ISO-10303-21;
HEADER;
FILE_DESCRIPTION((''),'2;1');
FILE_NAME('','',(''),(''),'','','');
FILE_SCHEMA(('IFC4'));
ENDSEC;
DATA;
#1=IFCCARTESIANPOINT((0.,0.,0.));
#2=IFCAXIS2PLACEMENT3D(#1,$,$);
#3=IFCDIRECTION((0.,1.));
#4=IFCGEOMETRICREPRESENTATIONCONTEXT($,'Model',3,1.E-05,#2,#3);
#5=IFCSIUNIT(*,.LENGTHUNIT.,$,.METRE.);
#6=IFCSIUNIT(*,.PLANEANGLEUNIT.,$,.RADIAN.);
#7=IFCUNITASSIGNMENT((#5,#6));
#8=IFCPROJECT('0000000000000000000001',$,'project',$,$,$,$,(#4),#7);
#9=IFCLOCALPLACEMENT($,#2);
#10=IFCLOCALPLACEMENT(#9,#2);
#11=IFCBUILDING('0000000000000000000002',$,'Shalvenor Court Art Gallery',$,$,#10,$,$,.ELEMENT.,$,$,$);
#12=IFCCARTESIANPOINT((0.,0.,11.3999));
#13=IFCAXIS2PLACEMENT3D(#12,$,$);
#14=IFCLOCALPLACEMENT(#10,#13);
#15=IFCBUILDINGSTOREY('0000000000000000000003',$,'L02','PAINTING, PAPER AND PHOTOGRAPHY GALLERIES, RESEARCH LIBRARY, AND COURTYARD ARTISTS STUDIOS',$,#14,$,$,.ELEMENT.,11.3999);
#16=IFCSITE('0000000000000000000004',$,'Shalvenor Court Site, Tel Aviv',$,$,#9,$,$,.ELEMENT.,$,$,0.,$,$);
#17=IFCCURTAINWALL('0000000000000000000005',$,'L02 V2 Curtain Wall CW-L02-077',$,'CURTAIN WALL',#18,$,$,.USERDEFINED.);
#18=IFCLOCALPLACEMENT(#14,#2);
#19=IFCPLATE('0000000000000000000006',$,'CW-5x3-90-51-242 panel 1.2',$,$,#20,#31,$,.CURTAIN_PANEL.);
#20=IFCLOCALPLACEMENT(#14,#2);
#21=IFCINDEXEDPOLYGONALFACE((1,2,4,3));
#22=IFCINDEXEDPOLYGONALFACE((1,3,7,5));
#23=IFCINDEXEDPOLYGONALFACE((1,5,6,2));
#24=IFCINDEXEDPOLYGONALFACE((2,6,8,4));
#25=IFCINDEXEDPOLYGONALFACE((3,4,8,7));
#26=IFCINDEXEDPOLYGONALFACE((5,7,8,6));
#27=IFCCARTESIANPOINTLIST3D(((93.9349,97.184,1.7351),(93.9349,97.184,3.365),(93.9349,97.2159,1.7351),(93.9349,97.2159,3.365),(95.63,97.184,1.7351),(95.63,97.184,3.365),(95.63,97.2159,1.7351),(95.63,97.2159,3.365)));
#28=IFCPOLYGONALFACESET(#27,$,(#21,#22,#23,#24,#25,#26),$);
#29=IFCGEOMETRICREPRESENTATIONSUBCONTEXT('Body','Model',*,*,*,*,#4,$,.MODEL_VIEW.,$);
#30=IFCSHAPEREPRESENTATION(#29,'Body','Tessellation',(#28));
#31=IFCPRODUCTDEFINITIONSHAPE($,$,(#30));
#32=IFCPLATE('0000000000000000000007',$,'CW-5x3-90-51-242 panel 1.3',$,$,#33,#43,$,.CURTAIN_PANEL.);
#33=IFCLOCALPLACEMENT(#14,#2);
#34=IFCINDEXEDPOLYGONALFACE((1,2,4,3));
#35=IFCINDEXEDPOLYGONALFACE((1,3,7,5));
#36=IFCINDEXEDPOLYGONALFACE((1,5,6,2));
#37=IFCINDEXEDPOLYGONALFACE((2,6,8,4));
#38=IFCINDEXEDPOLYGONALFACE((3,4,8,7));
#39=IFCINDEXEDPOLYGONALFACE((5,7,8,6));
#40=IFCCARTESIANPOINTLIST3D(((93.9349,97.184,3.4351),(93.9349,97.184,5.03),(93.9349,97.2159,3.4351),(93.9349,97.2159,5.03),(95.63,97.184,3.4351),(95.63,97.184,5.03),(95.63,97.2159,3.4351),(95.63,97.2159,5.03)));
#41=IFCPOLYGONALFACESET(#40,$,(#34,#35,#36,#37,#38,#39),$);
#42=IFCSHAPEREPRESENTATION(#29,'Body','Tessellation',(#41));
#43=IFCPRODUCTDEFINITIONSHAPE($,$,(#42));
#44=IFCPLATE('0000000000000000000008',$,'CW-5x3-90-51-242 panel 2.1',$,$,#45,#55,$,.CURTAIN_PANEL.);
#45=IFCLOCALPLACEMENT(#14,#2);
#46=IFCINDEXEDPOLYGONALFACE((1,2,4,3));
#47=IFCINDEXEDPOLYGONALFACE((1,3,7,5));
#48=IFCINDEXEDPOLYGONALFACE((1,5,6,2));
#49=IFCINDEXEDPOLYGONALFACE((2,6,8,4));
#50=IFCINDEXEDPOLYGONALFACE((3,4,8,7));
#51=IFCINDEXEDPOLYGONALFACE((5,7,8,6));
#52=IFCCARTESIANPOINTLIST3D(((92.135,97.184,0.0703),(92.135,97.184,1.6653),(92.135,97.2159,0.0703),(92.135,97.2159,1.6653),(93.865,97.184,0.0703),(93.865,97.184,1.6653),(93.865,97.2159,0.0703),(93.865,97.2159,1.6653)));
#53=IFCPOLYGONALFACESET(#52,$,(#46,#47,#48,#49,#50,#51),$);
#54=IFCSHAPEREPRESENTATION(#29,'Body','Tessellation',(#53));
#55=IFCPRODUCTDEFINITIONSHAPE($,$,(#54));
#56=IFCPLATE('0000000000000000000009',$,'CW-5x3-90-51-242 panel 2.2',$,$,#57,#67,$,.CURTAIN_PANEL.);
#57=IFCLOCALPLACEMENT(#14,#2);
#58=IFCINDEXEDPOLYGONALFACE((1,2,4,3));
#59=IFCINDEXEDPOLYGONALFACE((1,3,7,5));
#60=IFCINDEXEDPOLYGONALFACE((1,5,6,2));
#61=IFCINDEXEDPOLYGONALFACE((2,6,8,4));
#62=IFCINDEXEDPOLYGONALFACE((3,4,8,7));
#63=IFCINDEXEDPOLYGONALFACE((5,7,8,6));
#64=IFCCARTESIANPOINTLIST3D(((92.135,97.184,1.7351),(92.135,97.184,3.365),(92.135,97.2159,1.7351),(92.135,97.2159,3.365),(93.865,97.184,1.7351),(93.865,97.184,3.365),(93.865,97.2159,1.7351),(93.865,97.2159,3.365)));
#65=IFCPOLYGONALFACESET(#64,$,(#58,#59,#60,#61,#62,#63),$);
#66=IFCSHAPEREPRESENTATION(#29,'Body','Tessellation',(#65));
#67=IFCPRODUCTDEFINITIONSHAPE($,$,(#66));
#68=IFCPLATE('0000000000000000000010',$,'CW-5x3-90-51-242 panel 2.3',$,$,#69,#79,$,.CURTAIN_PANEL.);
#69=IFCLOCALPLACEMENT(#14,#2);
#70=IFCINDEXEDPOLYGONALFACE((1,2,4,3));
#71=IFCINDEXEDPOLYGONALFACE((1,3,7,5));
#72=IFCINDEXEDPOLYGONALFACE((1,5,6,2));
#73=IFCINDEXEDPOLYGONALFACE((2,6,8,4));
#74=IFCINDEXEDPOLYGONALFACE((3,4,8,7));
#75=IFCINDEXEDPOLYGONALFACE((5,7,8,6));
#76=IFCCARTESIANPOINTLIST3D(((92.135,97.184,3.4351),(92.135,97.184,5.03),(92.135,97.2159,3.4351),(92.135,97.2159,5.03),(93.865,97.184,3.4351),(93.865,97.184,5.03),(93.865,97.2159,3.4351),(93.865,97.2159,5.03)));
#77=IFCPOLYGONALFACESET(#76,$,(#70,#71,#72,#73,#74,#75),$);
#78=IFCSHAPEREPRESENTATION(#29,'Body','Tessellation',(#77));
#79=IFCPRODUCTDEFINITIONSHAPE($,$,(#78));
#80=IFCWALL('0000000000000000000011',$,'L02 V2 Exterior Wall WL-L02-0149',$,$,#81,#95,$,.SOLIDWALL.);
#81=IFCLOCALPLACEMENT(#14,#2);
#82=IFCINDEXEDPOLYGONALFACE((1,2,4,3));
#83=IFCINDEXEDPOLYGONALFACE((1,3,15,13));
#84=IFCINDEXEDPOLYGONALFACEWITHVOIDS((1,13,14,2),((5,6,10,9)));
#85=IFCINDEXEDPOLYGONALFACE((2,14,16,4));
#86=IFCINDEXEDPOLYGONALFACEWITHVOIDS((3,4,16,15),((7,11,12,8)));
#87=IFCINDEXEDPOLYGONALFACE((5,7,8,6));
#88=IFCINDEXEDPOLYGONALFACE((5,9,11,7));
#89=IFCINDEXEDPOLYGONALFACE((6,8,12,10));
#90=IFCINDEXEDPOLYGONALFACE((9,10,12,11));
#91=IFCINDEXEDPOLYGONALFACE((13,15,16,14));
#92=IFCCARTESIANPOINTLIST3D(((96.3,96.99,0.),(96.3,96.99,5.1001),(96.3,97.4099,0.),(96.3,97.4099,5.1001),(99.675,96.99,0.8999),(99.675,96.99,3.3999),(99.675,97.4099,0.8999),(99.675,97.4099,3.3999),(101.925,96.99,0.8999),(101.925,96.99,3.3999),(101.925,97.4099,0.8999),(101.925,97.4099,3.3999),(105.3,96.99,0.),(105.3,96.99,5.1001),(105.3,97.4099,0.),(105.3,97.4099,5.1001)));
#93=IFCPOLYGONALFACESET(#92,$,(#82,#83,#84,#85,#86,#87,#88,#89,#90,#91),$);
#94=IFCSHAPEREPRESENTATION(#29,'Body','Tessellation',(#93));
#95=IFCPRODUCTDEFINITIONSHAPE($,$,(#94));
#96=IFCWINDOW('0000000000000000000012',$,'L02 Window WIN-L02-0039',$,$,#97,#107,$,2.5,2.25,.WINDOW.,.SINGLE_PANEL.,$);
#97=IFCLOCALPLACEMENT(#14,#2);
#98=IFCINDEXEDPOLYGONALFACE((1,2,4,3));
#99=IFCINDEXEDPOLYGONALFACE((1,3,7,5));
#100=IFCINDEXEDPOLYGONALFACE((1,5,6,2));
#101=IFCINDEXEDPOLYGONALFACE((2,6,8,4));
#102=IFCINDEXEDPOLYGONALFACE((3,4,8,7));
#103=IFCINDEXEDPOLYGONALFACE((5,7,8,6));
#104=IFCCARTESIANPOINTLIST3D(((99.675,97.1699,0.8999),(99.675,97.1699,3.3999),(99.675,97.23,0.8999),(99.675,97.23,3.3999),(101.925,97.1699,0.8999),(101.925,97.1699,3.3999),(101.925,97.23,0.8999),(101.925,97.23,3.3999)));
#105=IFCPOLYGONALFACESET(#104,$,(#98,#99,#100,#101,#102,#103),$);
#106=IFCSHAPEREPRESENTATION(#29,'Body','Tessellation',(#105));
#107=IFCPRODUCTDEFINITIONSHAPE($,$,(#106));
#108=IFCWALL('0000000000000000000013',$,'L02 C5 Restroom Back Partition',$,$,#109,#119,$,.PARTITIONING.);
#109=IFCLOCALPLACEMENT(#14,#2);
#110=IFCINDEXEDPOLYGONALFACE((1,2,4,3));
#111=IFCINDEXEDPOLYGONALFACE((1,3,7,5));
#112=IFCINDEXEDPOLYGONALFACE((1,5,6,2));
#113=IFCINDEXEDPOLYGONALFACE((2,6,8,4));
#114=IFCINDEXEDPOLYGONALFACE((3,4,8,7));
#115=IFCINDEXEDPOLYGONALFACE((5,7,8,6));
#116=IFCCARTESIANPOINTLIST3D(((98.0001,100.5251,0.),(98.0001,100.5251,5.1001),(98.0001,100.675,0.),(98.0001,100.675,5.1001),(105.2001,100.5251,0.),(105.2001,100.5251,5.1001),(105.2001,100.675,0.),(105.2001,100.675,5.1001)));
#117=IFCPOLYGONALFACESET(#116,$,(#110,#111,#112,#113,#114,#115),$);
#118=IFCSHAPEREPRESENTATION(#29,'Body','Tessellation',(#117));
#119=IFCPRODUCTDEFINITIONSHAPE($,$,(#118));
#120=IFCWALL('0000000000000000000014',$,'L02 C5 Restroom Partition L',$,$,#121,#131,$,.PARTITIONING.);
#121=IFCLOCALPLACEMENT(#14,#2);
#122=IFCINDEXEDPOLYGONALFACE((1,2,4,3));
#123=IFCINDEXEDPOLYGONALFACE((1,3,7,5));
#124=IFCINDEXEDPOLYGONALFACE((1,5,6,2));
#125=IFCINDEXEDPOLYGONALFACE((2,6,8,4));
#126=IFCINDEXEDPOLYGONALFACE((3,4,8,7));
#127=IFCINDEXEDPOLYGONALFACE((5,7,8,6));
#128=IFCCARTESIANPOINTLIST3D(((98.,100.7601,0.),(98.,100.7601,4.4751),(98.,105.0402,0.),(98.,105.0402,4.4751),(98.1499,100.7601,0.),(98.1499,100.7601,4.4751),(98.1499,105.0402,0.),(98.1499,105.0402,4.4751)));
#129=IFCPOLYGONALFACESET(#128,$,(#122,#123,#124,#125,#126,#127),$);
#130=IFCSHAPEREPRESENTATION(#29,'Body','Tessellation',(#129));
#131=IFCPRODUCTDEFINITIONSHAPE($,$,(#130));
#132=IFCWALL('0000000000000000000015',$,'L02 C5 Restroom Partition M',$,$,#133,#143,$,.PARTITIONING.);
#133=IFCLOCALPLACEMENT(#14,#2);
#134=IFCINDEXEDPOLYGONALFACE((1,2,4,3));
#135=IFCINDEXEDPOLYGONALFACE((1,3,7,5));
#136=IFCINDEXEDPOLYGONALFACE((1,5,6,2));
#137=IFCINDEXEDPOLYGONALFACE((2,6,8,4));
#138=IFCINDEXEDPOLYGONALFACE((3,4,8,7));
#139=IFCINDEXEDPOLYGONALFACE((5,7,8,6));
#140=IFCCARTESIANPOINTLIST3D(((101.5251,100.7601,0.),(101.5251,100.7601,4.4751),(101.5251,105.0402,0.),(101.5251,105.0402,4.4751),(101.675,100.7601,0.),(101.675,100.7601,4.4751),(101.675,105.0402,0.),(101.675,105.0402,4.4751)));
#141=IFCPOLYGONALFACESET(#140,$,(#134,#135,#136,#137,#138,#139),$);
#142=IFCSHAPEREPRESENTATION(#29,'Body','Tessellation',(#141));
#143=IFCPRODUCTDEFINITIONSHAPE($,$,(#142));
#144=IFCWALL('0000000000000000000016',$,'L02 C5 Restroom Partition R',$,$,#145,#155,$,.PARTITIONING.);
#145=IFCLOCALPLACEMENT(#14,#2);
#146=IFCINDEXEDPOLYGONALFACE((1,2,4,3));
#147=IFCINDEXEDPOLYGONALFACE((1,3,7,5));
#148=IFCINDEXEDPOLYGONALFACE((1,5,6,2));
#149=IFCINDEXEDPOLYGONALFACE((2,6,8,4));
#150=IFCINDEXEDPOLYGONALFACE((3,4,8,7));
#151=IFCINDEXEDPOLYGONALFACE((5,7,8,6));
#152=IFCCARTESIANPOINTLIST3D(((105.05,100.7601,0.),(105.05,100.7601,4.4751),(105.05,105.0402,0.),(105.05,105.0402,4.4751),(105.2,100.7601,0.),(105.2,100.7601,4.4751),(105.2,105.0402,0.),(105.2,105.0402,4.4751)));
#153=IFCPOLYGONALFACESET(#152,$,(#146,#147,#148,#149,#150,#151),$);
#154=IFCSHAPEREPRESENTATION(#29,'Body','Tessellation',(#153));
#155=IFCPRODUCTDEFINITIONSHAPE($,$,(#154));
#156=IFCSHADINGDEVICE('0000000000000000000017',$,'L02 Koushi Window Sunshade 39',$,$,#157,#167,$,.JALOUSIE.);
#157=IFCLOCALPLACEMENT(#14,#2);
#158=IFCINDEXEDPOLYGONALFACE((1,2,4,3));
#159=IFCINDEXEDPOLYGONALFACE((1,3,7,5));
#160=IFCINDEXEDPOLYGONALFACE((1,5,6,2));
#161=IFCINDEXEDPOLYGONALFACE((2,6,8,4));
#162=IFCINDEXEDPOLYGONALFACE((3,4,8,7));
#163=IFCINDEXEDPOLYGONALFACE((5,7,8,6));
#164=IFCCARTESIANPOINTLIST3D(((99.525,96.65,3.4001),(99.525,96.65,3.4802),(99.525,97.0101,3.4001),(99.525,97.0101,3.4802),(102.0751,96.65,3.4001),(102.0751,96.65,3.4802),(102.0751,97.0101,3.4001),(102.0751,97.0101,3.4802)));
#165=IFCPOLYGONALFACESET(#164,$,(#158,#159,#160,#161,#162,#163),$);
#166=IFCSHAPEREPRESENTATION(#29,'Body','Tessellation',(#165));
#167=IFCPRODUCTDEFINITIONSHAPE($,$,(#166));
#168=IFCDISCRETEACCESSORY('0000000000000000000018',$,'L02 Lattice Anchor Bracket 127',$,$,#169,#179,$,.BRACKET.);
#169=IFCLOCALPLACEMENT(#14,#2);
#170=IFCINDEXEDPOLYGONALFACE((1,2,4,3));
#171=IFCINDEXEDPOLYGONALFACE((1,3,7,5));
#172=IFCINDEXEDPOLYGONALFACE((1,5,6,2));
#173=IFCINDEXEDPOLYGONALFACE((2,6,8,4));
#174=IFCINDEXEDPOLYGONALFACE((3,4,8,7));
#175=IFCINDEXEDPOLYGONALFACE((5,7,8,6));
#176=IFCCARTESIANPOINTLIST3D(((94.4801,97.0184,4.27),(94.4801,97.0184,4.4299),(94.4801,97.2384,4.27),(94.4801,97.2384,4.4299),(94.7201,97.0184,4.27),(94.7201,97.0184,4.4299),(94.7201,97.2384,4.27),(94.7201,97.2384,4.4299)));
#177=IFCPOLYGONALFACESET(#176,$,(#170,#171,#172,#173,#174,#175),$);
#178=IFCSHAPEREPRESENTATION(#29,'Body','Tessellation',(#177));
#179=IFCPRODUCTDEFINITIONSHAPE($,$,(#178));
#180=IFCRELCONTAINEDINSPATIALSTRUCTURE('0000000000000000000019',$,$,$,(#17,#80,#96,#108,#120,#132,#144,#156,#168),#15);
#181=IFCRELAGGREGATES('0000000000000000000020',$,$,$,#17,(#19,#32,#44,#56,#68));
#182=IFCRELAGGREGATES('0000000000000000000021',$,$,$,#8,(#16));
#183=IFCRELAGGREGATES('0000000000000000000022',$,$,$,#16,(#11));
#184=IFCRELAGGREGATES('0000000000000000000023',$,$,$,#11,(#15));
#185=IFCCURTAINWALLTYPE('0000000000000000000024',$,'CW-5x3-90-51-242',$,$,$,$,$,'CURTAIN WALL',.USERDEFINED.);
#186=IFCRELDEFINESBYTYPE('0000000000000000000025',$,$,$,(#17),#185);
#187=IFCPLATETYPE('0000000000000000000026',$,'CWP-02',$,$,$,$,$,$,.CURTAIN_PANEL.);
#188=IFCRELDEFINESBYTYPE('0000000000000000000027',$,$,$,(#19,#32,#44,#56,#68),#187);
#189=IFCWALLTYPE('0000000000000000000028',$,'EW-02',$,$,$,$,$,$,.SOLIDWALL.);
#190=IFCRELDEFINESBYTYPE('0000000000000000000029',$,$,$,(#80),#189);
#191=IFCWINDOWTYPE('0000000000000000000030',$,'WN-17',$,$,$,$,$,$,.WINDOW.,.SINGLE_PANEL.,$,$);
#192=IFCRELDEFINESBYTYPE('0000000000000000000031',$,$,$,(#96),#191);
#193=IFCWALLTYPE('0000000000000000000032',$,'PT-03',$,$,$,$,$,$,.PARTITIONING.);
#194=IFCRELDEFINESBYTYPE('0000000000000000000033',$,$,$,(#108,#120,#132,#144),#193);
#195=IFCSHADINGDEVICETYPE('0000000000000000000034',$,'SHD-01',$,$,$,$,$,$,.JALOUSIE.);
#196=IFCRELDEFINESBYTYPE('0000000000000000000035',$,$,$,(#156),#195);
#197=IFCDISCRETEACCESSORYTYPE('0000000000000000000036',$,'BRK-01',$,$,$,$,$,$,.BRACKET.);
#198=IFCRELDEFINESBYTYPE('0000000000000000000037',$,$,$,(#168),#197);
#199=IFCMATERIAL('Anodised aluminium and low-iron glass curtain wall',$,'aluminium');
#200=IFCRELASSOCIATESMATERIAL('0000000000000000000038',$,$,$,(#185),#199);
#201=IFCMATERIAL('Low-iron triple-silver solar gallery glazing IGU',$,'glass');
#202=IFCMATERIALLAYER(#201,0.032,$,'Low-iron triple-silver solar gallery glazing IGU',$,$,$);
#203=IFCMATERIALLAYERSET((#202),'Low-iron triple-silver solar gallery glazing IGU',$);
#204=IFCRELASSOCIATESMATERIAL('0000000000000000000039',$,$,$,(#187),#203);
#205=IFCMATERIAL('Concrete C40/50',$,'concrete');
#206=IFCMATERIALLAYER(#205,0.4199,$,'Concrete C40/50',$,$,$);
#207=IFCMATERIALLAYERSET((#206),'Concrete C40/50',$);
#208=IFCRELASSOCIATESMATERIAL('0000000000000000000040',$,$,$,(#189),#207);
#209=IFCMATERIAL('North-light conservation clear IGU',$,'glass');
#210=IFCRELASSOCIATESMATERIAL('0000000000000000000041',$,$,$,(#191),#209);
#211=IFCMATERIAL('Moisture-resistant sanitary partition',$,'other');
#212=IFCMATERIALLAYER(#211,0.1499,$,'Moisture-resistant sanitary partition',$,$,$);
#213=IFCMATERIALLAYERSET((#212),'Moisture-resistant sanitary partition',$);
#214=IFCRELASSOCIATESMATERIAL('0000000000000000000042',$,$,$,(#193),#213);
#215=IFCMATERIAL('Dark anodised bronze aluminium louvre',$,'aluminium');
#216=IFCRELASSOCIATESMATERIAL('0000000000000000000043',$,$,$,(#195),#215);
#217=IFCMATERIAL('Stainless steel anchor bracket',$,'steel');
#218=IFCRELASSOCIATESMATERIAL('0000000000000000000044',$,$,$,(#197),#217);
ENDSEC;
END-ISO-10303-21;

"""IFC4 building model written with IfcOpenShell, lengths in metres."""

from ifc_helpers import new_model, si_unit, direction, frame, frame_2d, origin, origin_2d, place, context, subcontext, project, spatial, rectangle, extrude, material, layer, layer_set, type_object, element, fill, aggregate, save


model = new_model("IFC4")

# Units and contexts
model_context = context("Model", 3, precision=1e-05, world=origin(), true_north=direction((0.0, 1.0)))
body_context = subcontext(model_context, "Body", "Model", "MODEL_VIEW")
ifc_project = project(units=[si_unit("LENGTHUNIT", "METRE"), si_unit("PLANEANGLEUNIT", "RADIAN")], contexts=[model_context])

# Site, building, storey
site_placement = place(None, origin())
site = spatial("IfcSite", under=ifc_project, at=site_placement, Name="Shalvenor Court Site, Tel Aviv", CompositionType="ELEMENT", RefElevation=0.0)
building_placement = place(site_placement, origin())
building = spatial("IfcBuilding", under=site, at=building_placement, Name="Shalvenor Court Art Gallery", CompositionType="ELEMENT")
storey_placement = place(building_placement, frame((0.0, 0.0, 11.3999)))
storey = spatial("IfcBuildingStorey", under=building, at=storey_placement, Name="L02", Description="PAINTING, PAPER AND PHOTOGRAPHY GALLERIES, RESEARCH LIBRARY, AND COURTYARD ARTISTS STUDIOS", CompositionType="ELEMENT", Elevation=11.3999)

# Curtain wall
ifc_material_1 = material(Name="Anodised aluminium and low-iron glass curtain wall", Category="aluminium")
curtain_wall_type = type_object("IfcCurtainWallType", Name="CW-5x3-90-51-242", ElementType="CURTAIN WALL", PredefinedType="USERDEFINED", material=ifc_material_1)
curtain_wall_placement = place(storey_placement, origin())
curtain_wall = element("IfcCurtainWall", 1, at=curtain_wall_placement, inside=storey, type_object=curtain_wall_type, Name="L02 V2 Curtain Wall CW-L02-077", ObjectType="CURTAIN WALL", PredefinedType="USERDEFINED")

# Plates
ifc_material_2 = material(Name="Low-iron triple-silver solar gallery glazing IGU", Category="glass")
ifc_layer_1 = layer(ifc_material_2, 0.032, Name="Low-iron triple-silver solar gallery glazing IGU")
ifc_layer_set_1 = layer_set([ifc_layer_1], Name="Low-iron triple-silver solar gallery glazing IGU")
plate_type = type_object("IfcPlateType", Name="CWP-02", PredefinedType="CURTAIN_PANEL", material=ifc_layer_set_1)
plate_1_placement = place(storey_placement, frame((94.7825, 97.2, 1.7351), z_axis=(0.0, 0.0, 1.0), x_axis=(-1.0, 0.0, 0.0)))
plate_1 = element("IfcPlate", 2, at=plate_1_placement, type_object=plate_type, Name="CW-5x3-90-51-242 panel 1.2", PredefinedType="CURTAIN_PANEL", context=body_context, shape_type="SweptSolid", body=[
    extrude(rectangle(XDim=1.6951, YDim=0.032, at=origin_2d()), origin(), (0.0, 0.0, 1.0), 1.6299),
])
plate_2_placement = place(storey_placement, frame((94.7825, 97.2, 3.4351), z_axis=(0.0, 0.0, 1.0), x_axis=(-1.0, 0.0, 0.0)))
plate_2 = element("IfcPlate", 3, at=plate_2_placement, type_object=plate_type, Name="CW-5x3-90-51-242 panel 1.3", PredefinedType="CURTAIN_PANEL", context=body_context, shape_type="SweptSolid", body=[
    extrude(rectangle(XDim=1.6951, YDim=0.032, at=origin_2d()), origin(), (0.0, 0.0, 1.0), 1.595),
])
plate_3_placement = place(storey_placement, frame((93.0, 97.2, 0.0703), z_axis=(0.0, 0.0, 1.0), x_axis=(-1.0, 0.0, 0.0)))
plate_3 = element("IfcPlate", 4, at=plate_3_placement, type_object=plate_type, Name="CW-5x3-90-51-242 panel 2.1", PredefinedType="CURTAIN_PANEL", context=body_context, shape_type="SweptSolid", body=[
    extrude(rectangle(XDim=1.73, YDim=0.032, at=origin_2d()), origin(), (0.0, 0.0, 1.0), 1.595),
])
plate_4_placement = place(storey_placement, frame((93.0, 97.2, 1.7351), z_axis=(0.0, 0.0, 1.0), x_axis=(-1.0, 0.0, 0.0)))
plate_4 = element("IfcPlate", 5, at=plate_4_placement, type_object=plate_type, Name="CW-5x3-90-51-242 panel 2.2", PredefinedType="CURTAIN_PANEL", context=body_context, shape_type="SweptSolid", body=[
    extrude(rectangle(XDim=1.73, YDim=0.032, at=origin_2d()), origin(), (0.0, 0.0, 1.0), 1.6299),
])
plate_5_placement = place(storey_placement, frame((93.0, 97.2, 3.4351), z_axis=(0.0, 0.0, 1.0), x_axis=(-1.0, 0.0, 0.0)))
plate_5 = element("IfcPlate", 6, at=plate_5_placement, type_object=plate_type, Name="CW-5x3-90-51-242 panel 2.3", PredefinedType="CURTAIN_PANEL", context=body_context, shape_type="SweptSolid", body=[
    extrude(rectangle(XDim=1.73, YDim=0.032, at=origin_2d()), origin(), (0.0, 0.0, 1.0), 1.595),
])
aggregate(curtain_wall, [plate_1, plate_2, plate_3, plate_4, plate_5])

# Wall, opening, window
ifc_material_3 = material(Name="Concrete C40/50", Category="concrete")
ifc_layer_2 = layer(ifc_material_3, 0.4199, Name="Concrete C40/50")
ifc_layer_set_2 = layer_set([ifc_layer_2], Name="Concrete C40/50")
wall_type_1 = type_object("IfcWallType", Name="EW-02", PredefinedType="SOLIDWALL", material=ifc_layer_set_2)
wall_1_placement = place(storey_placement, frame((105.3, 97.2, 0.0), z_axis=(0.0, 0.0, 1.0), x_axis=(-1.0, 0.0, 0.0)))
wall_1 = element("IfcWall", 7, at=wall_1_placement, inside=storey, type_object=wall_type_1, Name="L02 V2 Exterior Wall WL-L02-0149", PredefinedType="SOLIDWALL", context=body_context, shape_type="SweptSolid", body=[
    extrude(rectangle(XDim=9.0, YDim=0.4199, at=frame_2d((4.5, 0.0))), origin(), (0.0, 0.0, 1.0), 5.1001),
])
opening_placement = place(wall_1_placement, frame((3.375, 0.0, 0.8999)))
opening = element("IfcOpeningElement", 8, at=opening_placement, cuts=wall_1, PredefinedType="OPENING", context=body_context, shape_type="SweptSolid", body=[
    extrude(rectangle(XDim=2.25, YDim=2.5, at=frame_2d((1.125, 1.25))), frame((0.0, 0.22, 0.0), z_axis=(0.0, -1.0, 0.0), x_axis=(1.0, 0.0, 0.0)), (0.0, 0.0, 1.0), 0.4399),
])
ifc_material_4 = material(Name="North-light conservation clear IGU", Category="glass")
window_type = type_object("IfcWindowType", Name="WN-17", PartitioningType="SINGLE_PANEL", PredefinedType="WINDOW", material=ifc_material_4)
window_placement = place(opening_placement, origin())
window = element("IfcWindow", 9, at=window_placement, inside=storey, type_object=window_type, Name="L02 Window WIN-L02-0039", OverallHeight=2.5, OverallWidth=2.25, PartitioningType="SINGLE_PANEL", PredefinedType="WINDOW", context=body_context, shape_type="SweptSolid", body=[
    extrude(rectangle(XDim=2.25, YDim=2.5, at=frame_2d((1.125, 1.25))), frame((0.0, 0.03, 0.0), z_axis=(0.0, -1.0, 0.0), x_axis=(1.0, 0.0, 0.0)), (0.0, 0.0, 1.0), 0.0601),
])
fill(opening, window)

# Walls
ifc_material_5 = material(Name="Moisture-resistant sanitary partition", Category="other")
ifc_layer_3 = layer(ifc_material_5, 0.1499, Name="Moisture-resistant sanitary partition")
ifc_layer_set_3 = layer_set([ifc_layer_3], Name="Moisture-resistant sanitary partition")
wall_type_2 = type_object("IfcWallType", Name="PT-03", PredefinedType="PARTITIONING", material=ifc_layer_set_3)
wall_2_placement = place(storey_placement, frame((98.0, 100.6001, 0.0), z_axis=(0.0, 0.0, 1.0), x_axis=(1.0, 0.0, 0.0)))
element("IfcWall", 10, at=wall_2_placement, inside=storey, type_object=wall_type_2, Name="L02 C5 Restroom Back Partition", PredefinedType="PARTITIONING", context=body_context, shape_type="SweptSolid", body=[
    extrude(rectangle(XDim=7.2, YDim=0.1499, at=frame_2d((3.6001, 0.0))), origin(), (0.0, 0.0, 1.0), 5.1001),
])
for number, where, z_axis, x_axis, name in (
    (11, (98.075, 100.76, 0.0), (0.0, 0.0, 1.0), (0.0, 1.0, 0.0), "L02 C5 Restroom Partition L"),
    (12, (101.6001, 100.76, 0.0), (0.0, 0.0, 1.0), (0.0, 1.0, 0.0), "L02 C5 Restroom Partition M"),
    (13, (105.125, 100.76, 0.0), (0.0, 0.0, 1.0), (0.0, 1.0, 0.0), "L02 C5 Restroom Partition R"),
):
    element("IfcWall", number, at=place(storey_placement, frame(where, z_axis=z_axis, x_axis=x_axis)), inside=storey, type_object=wall_type_2, Name=name, PredefinedType="PARTITIONING", context=body_context, shape_type="SweptSolid", body=[
        extrude(rectangle(XDim=4.28, YDim=0.1499, at=frame_2d((2.1401, 0.0))), origin(), (0.0, 0.0, 1.0), 4.4751),
    ])

# Shading device
ifc_material_6 = material(Name="Dark anodised bronze aluminium louvre", Category="aluminium")
shading_device_type = type_object("IfcShadingDeviceType", Name="SHD-01", PredefinedType="JALOUSIE", material=ifc_material_6)
shading_device_placement = place(storey_placement, frame((100.8, 96.8301, 3.4001), z_axis=(0.0, 0.0, 1.0), x_axis=(-1.0, 0.0, 0.0)))
element("IfcShadingDevice", 14, at=shading_device_placement, inside=storey, type_object=shading_device_type, Name="L02 Koushi Window Sunshade 39", PredefinedType="JALOUSIE", context=body_context, shape_type="SweptSolid", body=[
    extrude(rectangle(XDim=2.55, YDim=0.3601, at=origin_2d()), origin(), (0.0, 0.0, 1.0), 0.0801),
])

# Discrete accessory
ifc_material_7 = material(Name="Stainless steel anchor bracket", Category="steel")
discrete_accessory_type = type_object("IfcDiscreteAccessoryType", Name="BRK-01", PredefinedType="BRACKET", material=ifc_material_7)
discrete_accessory_placement = place(storey_placement, frame((94.6001, 97.1284, 4.27), z_axis=(0.0, 0.0, 1.0), x_axis=(-1.0, 0.0, 0.0)))
element("IfcDiscreteAccessory", 15, at=discrete_accessory_placement, inside=storey, type_object=discrete_accessory_type, Name="L02 Lattice Anchor Bracket 127", PredefinedType="BRACKET", context=body_context, shape_type="SweptSolid", body=[
    extrude(rectangle(XDim=0.24, YDim=0.22, at=origin_2d()), origin(), (0.0, 0.0, 1.0), 0.1599),
])

save(model, "model.ifc")
